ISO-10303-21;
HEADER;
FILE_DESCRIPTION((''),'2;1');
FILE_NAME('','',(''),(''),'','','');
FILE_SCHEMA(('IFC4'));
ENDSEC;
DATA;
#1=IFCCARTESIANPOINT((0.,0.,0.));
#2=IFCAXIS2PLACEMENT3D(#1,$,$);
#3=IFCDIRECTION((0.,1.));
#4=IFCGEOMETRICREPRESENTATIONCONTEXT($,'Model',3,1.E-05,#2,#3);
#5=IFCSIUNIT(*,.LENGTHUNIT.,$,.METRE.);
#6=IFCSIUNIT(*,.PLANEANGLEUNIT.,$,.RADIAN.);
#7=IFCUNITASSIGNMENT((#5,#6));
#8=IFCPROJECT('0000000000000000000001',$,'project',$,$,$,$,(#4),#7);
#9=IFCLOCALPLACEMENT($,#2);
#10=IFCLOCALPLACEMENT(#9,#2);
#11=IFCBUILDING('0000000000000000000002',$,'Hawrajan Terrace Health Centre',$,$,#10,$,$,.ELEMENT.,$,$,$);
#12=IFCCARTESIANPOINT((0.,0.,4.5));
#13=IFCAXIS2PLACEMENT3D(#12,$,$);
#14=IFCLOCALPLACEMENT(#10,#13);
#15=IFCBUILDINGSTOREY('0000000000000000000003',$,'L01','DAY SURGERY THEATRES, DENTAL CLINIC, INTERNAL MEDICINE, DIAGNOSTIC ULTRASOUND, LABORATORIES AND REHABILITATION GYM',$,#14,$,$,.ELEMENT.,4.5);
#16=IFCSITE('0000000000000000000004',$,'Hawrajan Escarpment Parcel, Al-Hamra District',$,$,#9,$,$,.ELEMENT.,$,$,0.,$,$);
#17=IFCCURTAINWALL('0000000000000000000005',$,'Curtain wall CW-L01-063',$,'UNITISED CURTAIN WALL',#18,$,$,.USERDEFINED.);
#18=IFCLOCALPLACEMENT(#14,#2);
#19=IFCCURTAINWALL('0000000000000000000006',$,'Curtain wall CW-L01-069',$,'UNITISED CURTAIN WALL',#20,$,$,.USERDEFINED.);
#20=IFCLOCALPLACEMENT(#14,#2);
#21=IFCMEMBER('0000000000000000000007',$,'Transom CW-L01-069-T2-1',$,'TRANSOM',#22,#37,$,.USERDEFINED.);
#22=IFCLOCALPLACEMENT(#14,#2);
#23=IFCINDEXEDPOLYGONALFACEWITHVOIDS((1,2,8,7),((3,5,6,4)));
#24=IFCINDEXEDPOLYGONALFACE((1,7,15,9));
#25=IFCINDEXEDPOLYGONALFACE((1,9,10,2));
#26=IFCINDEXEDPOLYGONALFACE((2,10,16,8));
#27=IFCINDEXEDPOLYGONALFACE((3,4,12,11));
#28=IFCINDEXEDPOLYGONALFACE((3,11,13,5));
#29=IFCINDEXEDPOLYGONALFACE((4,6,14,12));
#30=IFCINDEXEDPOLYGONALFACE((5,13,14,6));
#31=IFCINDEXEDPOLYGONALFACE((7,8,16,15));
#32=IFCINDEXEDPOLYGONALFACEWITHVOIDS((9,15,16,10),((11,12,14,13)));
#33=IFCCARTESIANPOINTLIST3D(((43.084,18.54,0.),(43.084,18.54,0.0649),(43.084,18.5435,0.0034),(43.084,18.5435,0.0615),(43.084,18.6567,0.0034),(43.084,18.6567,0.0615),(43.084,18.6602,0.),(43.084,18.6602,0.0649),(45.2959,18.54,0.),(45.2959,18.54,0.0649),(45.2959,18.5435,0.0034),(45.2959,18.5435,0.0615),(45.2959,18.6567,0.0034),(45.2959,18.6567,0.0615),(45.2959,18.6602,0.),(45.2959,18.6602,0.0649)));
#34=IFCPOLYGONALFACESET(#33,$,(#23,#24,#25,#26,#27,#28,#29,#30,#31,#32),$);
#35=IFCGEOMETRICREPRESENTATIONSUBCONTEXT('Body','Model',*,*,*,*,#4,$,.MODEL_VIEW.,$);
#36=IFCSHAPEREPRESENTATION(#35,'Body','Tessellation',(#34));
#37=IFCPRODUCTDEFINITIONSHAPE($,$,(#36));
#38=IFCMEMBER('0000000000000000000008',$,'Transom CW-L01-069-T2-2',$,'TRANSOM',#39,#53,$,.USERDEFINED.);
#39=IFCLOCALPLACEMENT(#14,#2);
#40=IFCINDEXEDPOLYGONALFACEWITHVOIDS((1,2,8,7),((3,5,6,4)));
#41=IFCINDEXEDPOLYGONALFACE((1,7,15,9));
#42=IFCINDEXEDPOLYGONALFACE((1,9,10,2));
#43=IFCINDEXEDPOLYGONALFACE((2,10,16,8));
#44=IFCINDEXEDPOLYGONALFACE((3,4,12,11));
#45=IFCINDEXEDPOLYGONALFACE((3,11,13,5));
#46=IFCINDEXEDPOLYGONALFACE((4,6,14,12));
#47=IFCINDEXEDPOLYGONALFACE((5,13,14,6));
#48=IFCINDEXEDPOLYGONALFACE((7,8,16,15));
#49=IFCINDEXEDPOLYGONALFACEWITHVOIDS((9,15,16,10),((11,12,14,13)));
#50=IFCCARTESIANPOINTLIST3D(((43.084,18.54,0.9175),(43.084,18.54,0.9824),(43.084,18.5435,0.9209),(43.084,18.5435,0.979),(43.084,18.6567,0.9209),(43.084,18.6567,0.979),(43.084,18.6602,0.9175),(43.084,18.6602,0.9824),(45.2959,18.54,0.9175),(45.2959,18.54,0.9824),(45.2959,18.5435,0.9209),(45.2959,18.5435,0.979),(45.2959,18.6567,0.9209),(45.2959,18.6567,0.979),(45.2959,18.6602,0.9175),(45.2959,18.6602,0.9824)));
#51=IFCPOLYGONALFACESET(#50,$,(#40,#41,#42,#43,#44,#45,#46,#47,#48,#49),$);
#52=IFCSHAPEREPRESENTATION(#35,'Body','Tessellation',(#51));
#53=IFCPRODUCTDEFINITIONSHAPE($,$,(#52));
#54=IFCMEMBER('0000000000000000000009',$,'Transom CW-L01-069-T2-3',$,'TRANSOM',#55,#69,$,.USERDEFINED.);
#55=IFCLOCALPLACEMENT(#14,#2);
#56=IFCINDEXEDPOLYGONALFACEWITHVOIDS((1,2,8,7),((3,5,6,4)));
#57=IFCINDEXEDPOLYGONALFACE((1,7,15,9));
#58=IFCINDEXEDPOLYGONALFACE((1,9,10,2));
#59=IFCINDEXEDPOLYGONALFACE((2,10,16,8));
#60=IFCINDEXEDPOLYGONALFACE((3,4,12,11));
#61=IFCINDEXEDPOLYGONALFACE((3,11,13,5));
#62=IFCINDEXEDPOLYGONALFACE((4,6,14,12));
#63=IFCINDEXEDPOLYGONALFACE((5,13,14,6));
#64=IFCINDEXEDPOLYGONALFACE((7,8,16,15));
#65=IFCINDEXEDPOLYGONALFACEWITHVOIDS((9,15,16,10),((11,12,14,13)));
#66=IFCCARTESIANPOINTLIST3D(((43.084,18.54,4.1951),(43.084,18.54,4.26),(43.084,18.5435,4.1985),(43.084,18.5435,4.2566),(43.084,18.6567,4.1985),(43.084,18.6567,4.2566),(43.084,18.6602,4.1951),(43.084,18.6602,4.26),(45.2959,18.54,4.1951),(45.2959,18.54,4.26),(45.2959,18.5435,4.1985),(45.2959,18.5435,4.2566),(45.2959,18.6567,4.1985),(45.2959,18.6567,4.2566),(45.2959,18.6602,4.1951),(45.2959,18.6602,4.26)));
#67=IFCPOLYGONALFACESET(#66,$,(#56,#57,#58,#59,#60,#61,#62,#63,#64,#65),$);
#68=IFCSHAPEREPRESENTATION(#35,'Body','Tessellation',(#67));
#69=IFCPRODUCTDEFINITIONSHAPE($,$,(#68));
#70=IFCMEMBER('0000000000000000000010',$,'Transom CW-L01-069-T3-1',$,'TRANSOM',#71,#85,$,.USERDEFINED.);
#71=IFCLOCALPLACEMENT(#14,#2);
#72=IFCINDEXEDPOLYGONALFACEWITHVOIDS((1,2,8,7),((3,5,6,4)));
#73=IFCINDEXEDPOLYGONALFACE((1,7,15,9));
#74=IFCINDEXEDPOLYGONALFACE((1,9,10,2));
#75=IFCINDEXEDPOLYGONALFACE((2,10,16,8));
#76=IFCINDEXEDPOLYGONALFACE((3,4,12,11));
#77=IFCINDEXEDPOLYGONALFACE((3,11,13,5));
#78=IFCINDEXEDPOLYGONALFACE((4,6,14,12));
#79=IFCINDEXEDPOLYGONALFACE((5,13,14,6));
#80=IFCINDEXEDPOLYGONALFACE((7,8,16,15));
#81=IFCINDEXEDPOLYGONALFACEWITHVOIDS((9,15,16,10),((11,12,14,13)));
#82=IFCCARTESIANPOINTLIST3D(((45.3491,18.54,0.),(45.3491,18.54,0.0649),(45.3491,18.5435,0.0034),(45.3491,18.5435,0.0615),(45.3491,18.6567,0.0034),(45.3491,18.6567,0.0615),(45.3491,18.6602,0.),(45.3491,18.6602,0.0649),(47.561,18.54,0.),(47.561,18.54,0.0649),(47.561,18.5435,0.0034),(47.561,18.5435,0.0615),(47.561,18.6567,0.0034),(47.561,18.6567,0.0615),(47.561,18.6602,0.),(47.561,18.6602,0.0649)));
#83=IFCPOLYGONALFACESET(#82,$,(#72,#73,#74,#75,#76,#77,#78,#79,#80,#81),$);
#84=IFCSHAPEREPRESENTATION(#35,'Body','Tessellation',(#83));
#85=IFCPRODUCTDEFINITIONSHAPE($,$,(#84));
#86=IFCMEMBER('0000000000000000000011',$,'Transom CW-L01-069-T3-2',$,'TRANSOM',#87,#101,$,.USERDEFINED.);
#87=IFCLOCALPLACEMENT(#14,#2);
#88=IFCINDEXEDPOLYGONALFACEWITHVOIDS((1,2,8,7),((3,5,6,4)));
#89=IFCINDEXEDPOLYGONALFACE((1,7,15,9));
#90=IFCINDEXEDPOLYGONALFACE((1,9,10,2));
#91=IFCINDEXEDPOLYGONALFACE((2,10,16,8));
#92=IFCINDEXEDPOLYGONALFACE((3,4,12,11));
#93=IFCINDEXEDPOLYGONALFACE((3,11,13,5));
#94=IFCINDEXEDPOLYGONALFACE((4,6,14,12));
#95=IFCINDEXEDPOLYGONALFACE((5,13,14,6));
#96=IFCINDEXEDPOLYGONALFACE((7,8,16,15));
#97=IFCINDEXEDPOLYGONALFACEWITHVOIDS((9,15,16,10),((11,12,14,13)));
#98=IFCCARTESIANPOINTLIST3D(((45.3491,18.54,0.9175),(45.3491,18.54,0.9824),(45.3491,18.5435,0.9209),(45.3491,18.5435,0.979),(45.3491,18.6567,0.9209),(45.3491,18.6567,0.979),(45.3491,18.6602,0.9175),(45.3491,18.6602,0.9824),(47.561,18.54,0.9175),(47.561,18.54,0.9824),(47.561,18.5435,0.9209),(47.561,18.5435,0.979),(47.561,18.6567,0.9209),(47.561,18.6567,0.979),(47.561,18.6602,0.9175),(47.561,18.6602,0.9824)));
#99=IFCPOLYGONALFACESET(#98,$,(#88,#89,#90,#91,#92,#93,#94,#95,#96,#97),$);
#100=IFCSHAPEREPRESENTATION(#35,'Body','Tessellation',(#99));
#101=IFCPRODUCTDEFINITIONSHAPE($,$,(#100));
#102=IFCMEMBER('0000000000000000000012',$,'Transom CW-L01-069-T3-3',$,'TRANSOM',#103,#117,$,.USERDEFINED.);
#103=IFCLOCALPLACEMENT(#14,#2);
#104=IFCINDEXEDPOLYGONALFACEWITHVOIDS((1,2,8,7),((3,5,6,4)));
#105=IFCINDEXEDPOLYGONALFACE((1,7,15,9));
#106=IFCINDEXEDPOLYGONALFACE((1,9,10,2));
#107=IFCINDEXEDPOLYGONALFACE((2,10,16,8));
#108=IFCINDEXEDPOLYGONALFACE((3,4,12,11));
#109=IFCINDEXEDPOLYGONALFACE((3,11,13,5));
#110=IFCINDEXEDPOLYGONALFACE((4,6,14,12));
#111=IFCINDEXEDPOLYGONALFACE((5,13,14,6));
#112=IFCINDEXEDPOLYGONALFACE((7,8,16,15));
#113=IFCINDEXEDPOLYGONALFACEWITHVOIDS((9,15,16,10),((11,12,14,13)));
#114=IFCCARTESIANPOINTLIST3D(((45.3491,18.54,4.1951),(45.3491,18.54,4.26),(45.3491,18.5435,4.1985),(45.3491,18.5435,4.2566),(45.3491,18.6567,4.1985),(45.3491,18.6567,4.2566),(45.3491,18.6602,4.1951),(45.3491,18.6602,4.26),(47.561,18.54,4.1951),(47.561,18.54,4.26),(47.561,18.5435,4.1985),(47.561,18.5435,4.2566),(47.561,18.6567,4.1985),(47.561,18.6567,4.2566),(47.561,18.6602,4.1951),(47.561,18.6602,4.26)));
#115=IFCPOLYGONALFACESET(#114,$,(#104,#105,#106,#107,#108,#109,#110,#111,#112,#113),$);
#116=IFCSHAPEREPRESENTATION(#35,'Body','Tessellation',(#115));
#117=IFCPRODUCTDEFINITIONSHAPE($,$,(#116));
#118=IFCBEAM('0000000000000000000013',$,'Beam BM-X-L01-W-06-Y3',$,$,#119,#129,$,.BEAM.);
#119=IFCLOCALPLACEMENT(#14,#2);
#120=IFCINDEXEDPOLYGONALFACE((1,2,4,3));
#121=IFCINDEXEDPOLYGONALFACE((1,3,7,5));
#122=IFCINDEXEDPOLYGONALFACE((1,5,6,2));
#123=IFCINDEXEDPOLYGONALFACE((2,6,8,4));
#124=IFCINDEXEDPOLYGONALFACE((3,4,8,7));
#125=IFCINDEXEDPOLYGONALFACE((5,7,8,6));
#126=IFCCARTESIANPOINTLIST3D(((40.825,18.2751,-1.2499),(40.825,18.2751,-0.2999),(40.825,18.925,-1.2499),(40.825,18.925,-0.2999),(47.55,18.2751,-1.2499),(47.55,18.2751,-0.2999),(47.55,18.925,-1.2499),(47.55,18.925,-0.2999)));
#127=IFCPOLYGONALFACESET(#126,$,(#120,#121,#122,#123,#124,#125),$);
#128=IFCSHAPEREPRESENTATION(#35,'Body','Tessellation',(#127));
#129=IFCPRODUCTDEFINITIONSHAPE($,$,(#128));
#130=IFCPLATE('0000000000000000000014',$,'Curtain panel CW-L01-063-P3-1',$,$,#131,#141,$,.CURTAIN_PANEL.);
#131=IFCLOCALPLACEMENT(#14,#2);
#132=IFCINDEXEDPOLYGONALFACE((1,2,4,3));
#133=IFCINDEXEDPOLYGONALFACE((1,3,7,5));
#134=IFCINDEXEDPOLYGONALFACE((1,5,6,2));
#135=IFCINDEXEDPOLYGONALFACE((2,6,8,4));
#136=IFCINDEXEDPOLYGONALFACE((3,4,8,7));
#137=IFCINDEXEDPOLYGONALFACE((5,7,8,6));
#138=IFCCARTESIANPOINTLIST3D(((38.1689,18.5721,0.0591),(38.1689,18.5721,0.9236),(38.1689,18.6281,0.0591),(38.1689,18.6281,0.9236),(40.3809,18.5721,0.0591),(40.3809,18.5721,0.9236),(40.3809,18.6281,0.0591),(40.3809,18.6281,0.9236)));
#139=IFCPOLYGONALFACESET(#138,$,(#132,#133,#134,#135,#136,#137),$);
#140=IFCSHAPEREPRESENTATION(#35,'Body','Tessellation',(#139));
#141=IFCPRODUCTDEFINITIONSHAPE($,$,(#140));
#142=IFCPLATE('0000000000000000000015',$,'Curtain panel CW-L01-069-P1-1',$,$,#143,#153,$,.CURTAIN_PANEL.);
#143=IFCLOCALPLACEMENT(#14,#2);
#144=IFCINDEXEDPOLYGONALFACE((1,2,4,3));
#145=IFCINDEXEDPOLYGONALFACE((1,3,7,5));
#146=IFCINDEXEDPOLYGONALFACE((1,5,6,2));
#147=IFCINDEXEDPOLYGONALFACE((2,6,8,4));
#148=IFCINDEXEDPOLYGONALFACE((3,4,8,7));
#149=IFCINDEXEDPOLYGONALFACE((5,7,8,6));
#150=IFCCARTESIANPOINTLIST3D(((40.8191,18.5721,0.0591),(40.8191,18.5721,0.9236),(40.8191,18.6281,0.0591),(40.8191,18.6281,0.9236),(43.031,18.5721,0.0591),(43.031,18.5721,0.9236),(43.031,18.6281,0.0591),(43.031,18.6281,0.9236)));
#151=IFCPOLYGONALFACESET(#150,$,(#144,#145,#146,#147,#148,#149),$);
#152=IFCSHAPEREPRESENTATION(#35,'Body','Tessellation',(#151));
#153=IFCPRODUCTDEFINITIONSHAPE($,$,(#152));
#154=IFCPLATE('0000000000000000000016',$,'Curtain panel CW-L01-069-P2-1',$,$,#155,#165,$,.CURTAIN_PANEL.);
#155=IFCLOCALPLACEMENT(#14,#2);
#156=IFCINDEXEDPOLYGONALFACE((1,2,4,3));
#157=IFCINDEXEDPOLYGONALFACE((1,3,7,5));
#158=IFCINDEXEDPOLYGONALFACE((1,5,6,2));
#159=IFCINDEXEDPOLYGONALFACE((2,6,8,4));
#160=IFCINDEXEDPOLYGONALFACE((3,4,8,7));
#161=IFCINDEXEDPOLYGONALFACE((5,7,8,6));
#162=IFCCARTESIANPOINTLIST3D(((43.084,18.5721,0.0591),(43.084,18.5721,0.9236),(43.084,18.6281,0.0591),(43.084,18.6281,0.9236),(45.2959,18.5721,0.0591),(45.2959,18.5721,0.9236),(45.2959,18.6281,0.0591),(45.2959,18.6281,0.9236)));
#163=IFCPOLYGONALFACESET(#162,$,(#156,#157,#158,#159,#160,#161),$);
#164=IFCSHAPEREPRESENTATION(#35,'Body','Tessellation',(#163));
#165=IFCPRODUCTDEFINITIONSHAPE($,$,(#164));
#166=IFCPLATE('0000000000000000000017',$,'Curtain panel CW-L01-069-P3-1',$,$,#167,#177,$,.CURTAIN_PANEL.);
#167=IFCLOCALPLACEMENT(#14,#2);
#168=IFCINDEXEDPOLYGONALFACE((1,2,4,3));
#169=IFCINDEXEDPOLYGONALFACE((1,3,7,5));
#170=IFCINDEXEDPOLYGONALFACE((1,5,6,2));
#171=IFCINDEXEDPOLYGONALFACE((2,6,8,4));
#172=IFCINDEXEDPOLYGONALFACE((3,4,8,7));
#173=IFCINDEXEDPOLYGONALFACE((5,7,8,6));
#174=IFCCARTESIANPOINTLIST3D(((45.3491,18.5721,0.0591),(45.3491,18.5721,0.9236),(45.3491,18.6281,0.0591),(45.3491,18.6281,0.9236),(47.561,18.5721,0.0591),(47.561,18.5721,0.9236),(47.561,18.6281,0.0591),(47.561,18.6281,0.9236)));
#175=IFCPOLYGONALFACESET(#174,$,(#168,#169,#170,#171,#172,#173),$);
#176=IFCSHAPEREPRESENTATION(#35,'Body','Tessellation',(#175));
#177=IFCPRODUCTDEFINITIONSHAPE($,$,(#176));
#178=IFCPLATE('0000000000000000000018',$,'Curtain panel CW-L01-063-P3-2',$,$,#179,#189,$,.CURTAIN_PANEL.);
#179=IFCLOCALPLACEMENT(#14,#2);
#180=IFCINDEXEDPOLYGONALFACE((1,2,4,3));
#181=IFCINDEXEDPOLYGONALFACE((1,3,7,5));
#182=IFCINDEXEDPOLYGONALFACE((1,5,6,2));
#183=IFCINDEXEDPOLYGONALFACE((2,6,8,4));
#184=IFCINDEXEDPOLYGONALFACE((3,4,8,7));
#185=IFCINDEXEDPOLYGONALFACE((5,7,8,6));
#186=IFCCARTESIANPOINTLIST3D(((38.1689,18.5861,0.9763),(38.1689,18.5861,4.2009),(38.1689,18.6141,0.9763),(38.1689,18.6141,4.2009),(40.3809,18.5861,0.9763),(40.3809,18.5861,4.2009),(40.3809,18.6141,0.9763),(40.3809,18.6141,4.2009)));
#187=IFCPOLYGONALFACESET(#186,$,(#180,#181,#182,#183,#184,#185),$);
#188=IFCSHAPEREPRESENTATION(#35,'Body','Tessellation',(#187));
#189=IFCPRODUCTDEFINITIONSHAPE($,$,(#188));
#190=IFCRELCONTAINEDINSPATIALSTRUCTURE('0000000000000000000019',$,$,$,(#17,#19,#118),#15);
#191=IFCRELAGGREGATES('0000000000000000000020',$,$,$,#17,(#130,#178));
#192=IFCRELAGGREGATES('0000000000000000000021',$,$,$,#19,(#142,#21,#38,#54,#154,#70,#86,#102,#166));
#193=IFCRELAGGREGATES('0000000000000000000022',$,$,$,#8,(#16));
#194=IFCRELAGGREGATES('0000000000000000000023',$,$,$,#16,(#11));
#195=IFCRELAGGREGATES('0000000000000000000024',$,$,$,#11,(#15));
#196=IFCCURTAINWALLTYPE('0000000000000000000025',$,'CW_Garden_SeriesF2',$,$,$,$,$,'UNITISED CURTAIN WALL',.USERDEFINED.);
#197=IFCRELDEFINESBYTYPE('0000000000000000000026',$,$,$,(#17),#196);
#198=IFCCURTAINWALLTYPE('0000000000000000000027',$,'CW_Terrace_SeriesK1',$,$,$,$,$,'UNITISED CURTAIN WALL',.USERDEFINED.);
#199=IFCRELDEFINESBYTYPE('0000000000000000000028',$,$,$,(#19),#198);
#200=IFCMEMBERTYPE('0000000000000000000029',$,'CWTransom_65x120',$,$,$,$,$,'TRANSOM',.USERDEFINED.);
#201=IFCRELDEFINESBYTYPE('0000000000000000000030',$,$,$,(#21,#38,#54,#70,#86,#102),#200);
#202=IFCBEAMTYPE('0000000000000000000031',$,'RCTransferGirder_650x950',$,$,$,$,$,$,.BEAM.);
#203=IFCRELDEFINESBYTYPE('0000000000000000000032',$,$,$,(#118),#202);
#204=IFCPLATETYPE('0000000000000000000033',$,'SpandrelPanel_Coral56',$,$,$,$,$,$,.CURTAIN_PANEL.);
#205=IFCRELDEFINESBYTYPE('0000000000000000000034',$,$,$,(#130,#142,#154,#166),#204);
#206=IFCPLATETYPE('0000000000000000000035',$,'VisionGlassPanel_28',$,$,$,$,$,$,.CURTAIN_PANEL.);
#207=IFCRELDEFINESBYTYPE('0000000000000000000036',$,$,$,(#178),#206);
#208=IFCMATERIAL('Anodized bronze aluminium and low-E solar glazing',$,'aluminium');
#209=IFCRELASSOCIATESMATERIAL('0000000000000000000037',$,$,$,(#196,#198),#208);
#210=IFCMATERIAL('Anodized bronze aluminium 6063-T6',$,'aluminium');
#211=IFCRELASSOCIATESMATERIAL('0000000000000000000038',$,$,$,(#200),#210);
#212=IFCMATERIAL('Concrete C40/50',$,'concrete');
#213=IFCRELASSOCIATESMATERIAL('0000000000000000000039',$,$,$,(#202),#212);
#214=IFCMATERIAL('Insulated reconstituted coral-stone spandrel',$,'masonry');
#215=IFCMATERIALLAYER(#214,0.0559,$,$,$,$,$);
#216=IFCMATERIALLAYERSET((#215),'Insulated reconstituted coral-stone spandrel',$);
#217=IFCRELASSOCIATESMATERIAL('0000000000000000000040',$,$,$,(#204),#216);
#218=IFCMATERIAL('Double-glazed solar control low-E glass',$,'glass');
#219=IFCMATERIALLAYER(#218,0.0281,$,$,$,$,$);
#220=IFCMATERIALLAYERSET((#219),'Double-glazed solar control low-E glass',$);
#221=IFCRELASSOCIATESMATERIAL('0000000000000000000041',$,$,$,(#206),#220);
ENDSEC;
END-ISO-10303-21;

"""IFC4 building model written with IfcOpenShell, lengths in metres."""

from ifc_helpers import new_model, si_unit, direction, frame, origin, origin_2d, place, context, subcontext, project, spatial, rectangle, hollow_rectangle, extrude, material, layer, layer_set, material_profile, profile_set, type_object, element, aggregate, save


model = new_model("IFC4")

# Units and contexts
model_context = context("Model", 3, precision=1e-05, world=origin(), true_north=direction((0.0, 1.0)))
body_context = subcontext(model_context, "Body", "Model", "MODEL_VIEW")
ifc_project = project(units=[si_unit("LENGTHUNIT", "METRE"), si_unit("PLANEANGLEUNIT", "RADIAN")], contexts=[model_context])

# Site, building, storey
site_placement = place(None, origin())
site = spatial("IfcSite", under=ifc_project, at=site_placement, Name="Hawrajan Escarpment Parcel, Al-Hamra District", CompositionType="ELEMENT", RefElevation=0.0)
building_placement = place(site_placement, origin())
building = spatial("IfcBuilding", under=site, at=building_placement, Name="Hawrajan Terrace Health Centre", CompositionType="ELEMENT")
storey_placement = place(building_placement, frame((0.0, 0.0, 4.5)))
storey = spatial("IfcBuildingStorey", under=building, at=storey_placement, Name="L01", Description="DAY SURGERY THEATRES, DENTAL CLINIC, INTERNAL MEDICINE, DIAGNOSTIC ULTRASOUND, LABORATORIES AND REHABILITATION GYM", CompositionType="ELEMENT", Elevation=4.5)

# Curtain wall
ifc_material_1 = material(Name="Anodized bronze aluminium and low-E solar glazing", Category="aluminium")
curtain_wall_type_1 = type_object("IfcCurtainWallType", Name="CW_Garden_SeriesF2", ElementType="UNITISED CURTAIN WALL", PredefinedType="USERDEFINED", material=ifc_material_1)
curtain_wall_1_placement = place(storey_placement, origin())
curtain_wall_1 = element("IfcCurtainWall", 1, at=curtain_wall_1_placement, inside=storey, type_object=curtain_wall_type_1, Name="Curtain wall CW-L01-063", ObjectType="UNITISED CURTAIN WALL", PredefinedType="USERDEFINED")
ifc_material_2 = material(Name="Anodized bronze aluminium 6063-T6", Category="aluminium")

# Curtain wall
curtain_wall_type_2 = type_object("IfcCurtainWallType", Name="CW_Terrace_SeriesK1", ElementType="UNITISED CURTAIN WALL", PredefinedType="USERDEFINED", material=ifc_material_1)
curtain_wall_2_placement = place(storey_placement, origin())
curtain_wall_2 = element("IfcCurtainWall", 2, at=curtain_wall_2_placement, inside=storey, type_object=curtain_wall_type_2, Name="Curtain wall CW-L01-069", ObjectType="UNITISED CURTAIN WALL", PredefinedType="USERDEFINED")

# Members
ifc_material_profile_1 = material_profile(ifc_material_2, hollow_rectangle(XDim=0.0649, YDim=0.1201, WallThickness=0.0034, at=origin_2d()), Name="CW TRN 65x120")
ifc_profile_set_1 = profile_set([ifc_material_profile_1], Name="Anodized bronze aluminium 6063-T6")
member_type_1 = type_object("IfcMemberType", Name="CWTransom_65x120", ElementType="TRANSOM", PredefinedType="USERDEFINED", material=ifc_profile_set_1)
member_1_placement = place(storey_placement, frame((43.084, 18.6001, 0.0325), z_axis=(1.0, 0.0, 0.0), x_axis=(0.0, 0.0, 1.0)))
member_1 = element("IfcMember", 3, at=member_1_placement, type_object=member_type_1, Name="Transom CW-L01-069-T2-1", ObjectType="TRANSOM", PredefinedType="USERDEFINED", context=body_context, shape_type="SweptSolid", body=[
    extrude(hollow_rectangle(XDim=0.0649, YDim=0.1201, WallThickness=0.0034, at=origin_2d()), origin(), (0.0, 0.0, 1.0), 2.2119),
])
member_2_placement = place(storey_placement, frame((43.084, 18.6001, 0.95), z_axis=(1.0, 0.0, 0.0), x_axis=(0.0, 0.0, 1.0)))
member_2 = element("IfcMember", 4, at=member_2_placement, type_object=member_type_1, Name="Transom CW-L01-069-T2-2", ObjectType="TRANSOM", PredefinedType="USERDEFINED", context=body_context, shape_type="SweptSolid", body=[
    extrude(hollow_rectangle(XDim=0.0649, YDim=0.1201, WallThickness=0.0034, at=origin_2d()), origin(), (0.0, 0.0, 1.0), 2.2119),
])
member_3_placement = place(storey_placement, frame((43.084, 18.6001, 4.2275), z_axis=(1.0, 0.0, 0.0), x_axis=(0.0, 0.0, 1.0)))
member_3 = element("IfcMember", 5, at=member_3_placement, type_object=member_type_1, Name="Transom CW-L01-069-T2-3", ObjectType="TRANSOM", PredefinedType="USERDEFINED", context=body_context, shape_type="SweptSolid", body=[
    extrude(hollow_rectangle(XDim=0.0649, YDim=0.1201, WallThickness=0.0034, at=origin_2d()), origin(), (0.0, 0.0, 1.0), 2.2119),
])
member_4_placement = place(storey_placement, frame((45.3491, 18.6001, 0.0325), z_axis=(1.0, 0.0, 0.0), x_axis=(0.0, 0.0, 1.0)))
member_4 = element("IfcMember", 6, at=member_4_placement, type_object=member_type_1, Name="Transom CW-L01-069-T3-1", ObjectType="TRANSOM", PredefinedType="USERDEFINED", context=body_context, shape_type="SweptSolid", body=[
    extrude(hollow_rectangle(XDim=0.0649, YDim=0.1201, WallThickness=0.0034, at=origin_2d()), origin(), (0.0, 0.0, 1.0), 2.2119),
])
member_5_placement = place(storey_placement, frame((45.3491, 18.6001, 0.95), z_axis=(1.0, 0.0, 0.0), x_axis=(0.0, 0.0, 1.0)))
member_5 = element("IfcMember", 7, at=member_5_placement, type_object=member_type_1, Name="Transom CW-L01-069-T3-2", ObjectType="TRANSOM", PredefinedType="USERDEFINED", context=body_context, shape_type="SweptSolid", body=[
    extrude(hollow_rectangle(XDim=0.0649, YDim=0.1201, WallThickness=0.0034, at=origin_2d()), origin(), (0.0, 0.0, 1.0), 2.2119),
])
member_6_placement = place(storey_placement, frame((45.3491, 18.6001, 4.2275), z_axis=(1.0, 0.0, 0.0), x_axis=(0.0, 0.0, 1.0)))
member_6 = element("IfcMember", 8, at=member_6_placement, type_object=member_type_1, Name="Transom CW-L01-069-T3-3", ObjectType="TRANSOM", PredefinedType="USERDEFINED", context=body_context, shape_type="SweptSolid", body=[
    extrude(hollow_rectangle(XDim=0.0649, YDim=0.1201, WallThickness=0.0034, at=origin_2d()), origin(), (0.0, 0.0, 1.0), 2.2119),
])

# Beam
ifc_material_3 = material(Name="Concrete C40/50", Category="concrete")
ifc_material_profile_2 = material_profile(ifc_material_3, rectangle(XDim=0.6499, YDim=0.95, at=origin_2d()), Name="RC TG 650x950")
ifc_profile_set_2 = profile_set([ifc_material_profile_2], Name="Concrete C40/50")
beam_type = type_object("IfcBeamType", Name="RCTransferGirder_650x950", PredefinedType="BEAM", material=ifc_profile_set_2)
beam_placement = place(storey_placement, frame((40.825, 18.6001, -0.7749), z_axis=(1.0, 0.0, 0.0), x_axis=(0.0, 1.0, 0.0)))
element("IfcBeam", 9, at=beam_placement, inside=storey, type_object=beam_type, Name="Beam BM-X-L01-W-06-Y3", PredefinedType="BEAM", context=body_context, shape_type="SweptSolid", body=[
    extrude(rectangle(XDim=0.6499, YDim=0.95, at=origin_2d()), origin(), (0.0, 0.0, 1.0), 6.7251),
])

# Plates
ifc_material_4 = material(Name="Insulated reconstituted coral-stone spandrel", Category="masonry")
ifc_layer_1 = layer(ifc_material_4, 0.0559)
ifc_layer_set_1 = layer_set([ifc_layer_1], Name="Insulated reconstituted coral-stone spandrel")
plate_type_1 = type_object("IfcPlateType", Name="SpandrelPanel_Coral56", PredefinedType="CURTAIN_PANEL", material=ifc_layer_set_1)
plate_1_placement = place(storey_placement, frame((39.2749, 18.6001, 0.0591), z_axis=(0.0, 0.0, 1.0), x_axis=(1.0, 0.0, 0.0)))
plate_1 = element("IfcPlate", 10, at=plate_1_placement, type_object=plate_type_1, Name="Curtain panel CW-L01-063-P3-1", PredefinedType="CURTAIN_PANEL", context=body_context, shape_type="SweptSolid", body=[
    extrude(rectangle(XDim=2.2119, YDim=0.0559, at=origin_2d()), origin(), (0.0, 0.0, 1.0), 0.8645),
])
plate_2_placement = place(storey_placement, frame((41.925, 18.6001, 0.0591), z_axis=(0.0, 0.0, 1.0), x_axis=(1.0, 0.0, 0.0)))
plate_2 = element("IfcPlate", 11, at=plate_2_placement, type_object=plate_type_1, Name="Curtain panel CW-L01-069-P1-1", PredefinedType="CURTAIN_PANEL", context=body_context, shape_type="SweptSolid", body=[
    extrude(rectangle(XDim=2.2119, YDim=0.0559, at=origin_2d()), origin(), (0.0, 0.0, 1.0), 0.8645),
])
plate_3_placement = place(storey_placement, frame((44.1899, 18.6001, 0.0591), z_axis=(0.0, 0.0, 1.0), x_axis=(1.0, 0.0, 0.0)))
plate_3 = element("IfcPlate", 12, at=plate_3_placement, type_object=plate_type_1, Name="Curtain panel CW-L01-069-P2-1", PredefinedType="CURTAIN_PANEL", context=body_context, shape_type="SweptSolid", body=[
    extrude(rectangle(XDim=2.2119, YDim=0.0559, at=origin_2d()), origin(), (0.0, 0.0, 1.0), 0.8645),
])
plate_4_placement = place(storey_placement, frame((46.4551, 18.6001, 0.0591), z_axis=(0.0, 0.0, 1.0), x_axis=(1.0, 0.0, 0.0)))
plate_4 = element("IfcPlate", 13, at=plate_4_placement, type_object=plate_type_1, Name="Curtain panel CW-L01-069-P3-1", PredefinedType="CURTAIN_PANEL", context=body_context, shape_type="SweptSolid", body=[
    extrude(rectangle(XDim=2.2119, YDim=0.0559, at=origin_2d()), origin(), (0.0, 0.0, 1.0), 0.8645),
])
ifc_material_5 = material(Name="Double-glazed solar control low-E glass", Category="glass")
ifc_layer_2 = layer(ifc_material_5, 0.0281)
ifc_layer_set_2 = layer_set([ifc_layer_2], Name="Double-glazed solar control low-E glass")
plate_type_2 = type_object("IfcPlateType", Name="VisionGlassPanel_28", PredefinedType="CURTAIN_PANEL", material=ifc_layer_set_2)
plate_5_placement = place(storey_placement, frame((39.2749, 18.6001, 0.9763), z_axis=(0.0, 0.0, 1.0), x_axis=(1.0, 0.0, 0.0)))
plate_5 = element("IfcPlate", 14, at=plate_5_placement, type_object=plate_type_2, Name="Curtain panel CW-L01-063-P3-2", PredefinedType="CURTAIN_PANEL", context=body_context, shape_type="SweptSolid", body=[
    extrude(rectangle(XDim=2.2119, YDim=0.0281, at=origin_2d()), origin(), (0.0, 0.0, 1.0), 3.2246),
])
aggregate(curtain_wall_1, [plate_1, plate_5])
aggregate(curtain_wall_2, [plate_2, member_1, member_2, member_3, plate_3, member_4, member_5, member_6, plate_4])

save(model, "model.ifc")
